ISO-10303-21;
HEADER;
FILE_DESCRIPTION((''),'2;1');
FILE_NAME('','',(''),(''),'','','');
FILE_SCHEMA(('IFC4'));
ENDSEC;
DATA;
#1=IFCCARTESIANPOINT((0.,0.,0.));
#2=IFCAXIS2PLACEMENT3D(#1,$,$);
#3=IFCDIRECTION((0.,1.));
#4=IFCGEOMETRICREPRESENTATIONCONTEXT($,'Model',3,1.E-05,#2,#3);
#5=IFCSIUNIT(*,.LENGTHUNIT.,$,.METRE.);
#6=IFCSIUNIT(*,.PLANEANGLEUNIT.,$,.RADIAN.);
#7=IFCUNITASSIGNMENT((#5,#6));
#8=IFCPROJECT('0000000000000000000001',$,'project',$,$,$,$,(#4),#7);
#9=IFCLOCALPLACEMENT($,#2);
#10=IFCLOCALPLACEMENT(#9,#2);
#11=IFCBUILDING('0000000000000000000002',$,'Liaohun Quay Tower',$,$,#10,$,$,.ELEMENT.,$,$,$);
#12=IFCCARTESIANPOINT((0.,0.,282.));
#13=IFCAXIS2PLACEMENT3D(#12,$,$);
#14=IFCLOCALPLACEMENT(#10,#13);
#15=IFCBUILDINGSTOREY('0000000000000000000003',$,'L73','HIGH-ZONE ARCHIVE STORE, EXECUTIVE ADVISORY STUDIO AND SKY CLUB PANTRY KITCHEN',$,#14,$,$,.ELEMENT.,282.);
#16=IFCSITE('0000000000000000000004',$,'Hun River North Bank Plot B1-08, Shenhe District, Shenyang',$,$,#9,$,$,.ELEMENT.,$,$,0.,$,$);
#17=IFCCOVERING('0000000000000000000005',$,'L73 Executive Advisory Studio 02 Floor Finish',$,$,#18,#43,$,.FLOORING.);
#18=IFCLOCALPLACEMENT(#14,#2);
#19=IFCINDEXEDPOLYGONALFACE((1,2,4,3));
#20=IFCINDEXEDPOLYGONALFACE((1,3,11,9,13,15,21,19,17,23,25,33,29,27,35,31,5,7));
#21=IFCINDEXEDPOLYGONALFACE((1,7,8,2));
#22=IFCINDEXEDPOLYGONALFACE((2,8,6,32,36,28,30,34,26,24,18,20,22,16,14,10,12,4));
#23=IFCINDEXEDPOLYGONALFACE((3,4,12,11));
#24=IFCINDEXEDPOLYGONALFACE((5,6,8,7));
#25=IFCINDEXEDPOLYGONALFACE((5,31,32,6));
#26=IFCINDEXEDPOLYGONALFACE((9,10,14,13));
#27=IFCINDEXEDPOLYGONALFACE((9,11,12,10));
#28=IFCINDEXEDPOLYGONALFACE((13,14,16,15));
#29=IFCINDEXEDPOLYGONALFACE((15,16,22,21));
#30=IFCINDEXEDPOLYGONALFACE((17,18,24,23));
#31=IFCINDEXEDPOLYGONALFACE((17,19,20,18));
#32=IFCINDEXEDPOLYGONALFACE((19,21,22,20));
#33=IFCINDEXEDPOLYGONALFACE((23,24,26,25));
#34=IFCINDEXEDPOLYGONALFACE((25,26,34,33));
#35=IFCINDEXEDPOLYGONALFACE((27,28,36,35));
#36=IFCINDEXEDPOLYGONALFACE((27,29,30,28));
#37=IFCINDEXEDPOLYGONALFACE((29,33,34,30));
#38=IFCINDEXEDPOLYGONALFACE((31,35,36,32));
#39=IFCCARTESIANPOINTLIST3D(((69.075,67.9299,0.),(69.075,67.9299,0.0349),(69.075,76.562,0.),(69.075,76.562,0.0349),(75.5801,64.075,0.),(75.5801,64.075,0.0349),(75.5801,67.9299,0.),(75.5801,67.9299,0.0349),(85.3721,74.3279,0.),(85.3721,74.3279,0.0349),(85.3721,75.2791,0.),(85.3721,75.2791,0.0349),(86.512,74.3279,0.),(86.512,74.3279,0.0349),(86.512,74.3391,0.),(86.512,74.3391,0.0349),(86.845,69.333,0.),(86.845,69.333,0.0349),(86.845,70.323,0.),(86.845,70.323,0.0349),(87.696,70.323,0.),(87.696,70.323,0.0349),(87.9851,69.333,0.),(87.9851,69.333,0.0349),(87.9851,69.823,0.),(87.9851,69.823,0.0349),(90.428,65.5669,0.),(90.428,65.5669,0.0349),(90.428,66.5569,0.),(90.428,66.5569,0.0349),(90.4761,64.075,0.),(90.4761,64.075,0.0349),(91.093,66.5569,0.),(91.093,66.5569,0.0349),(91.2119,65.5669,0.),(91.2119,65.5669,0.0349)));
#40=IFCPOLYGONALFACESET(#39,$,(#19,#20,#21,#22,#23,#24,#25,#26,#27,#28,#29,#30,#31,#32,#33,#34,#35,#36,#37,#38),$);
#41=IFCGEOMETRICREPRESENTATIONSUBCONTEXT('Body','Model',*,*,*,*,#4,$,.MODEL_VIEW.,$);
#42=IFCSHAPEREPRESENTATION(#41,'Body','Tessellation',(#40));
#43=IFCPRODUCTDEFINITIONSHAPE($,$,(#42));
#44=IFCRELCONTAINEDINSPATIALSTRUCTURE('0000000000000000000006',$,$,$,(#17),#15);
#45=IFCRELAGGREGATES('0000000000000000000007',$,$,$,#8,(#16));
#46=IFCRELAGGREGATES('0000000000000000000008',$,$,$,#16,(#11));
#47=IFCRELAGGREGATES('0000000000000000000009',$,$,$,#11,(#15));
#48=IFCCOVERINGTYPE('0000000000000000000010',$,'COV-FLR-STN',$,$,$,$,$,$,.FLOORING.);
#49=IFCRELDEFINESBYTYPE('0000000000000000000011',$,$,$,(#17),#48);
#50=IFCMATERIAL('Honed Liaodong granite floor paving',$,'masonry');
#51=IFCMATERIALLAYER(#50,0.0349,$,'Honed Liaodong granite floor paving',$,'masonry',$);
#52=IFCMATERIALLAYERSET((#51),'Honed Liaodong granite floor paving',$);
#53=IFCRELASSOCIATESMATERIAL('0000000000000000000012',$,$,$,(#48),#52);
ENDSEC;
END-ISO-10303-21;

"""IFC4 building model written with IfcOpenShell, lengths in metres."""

from ifc_helpers import new_model, si_unit, direction, frame, origin, place, context, subcontext, project, spatial, polyline, outline, extrude, material, layer, layer_set, type_object, element, save


model = new_model("IFC4")

# Units and contexts
model_context = context("Model", 3, precision=1e-05, world=origin(), true_north=direction((0.0, 1.0)))
body_context = subcontext(model_context, "Body", "Model", "MODEL_VIEW")
ifc_project = project(units=[si_unit("LENGTHUNIT", "METRE"), si_unit("PLANEANGLEUNIT", "RADIAN")], contexts=[model_context])

# Site, building, storey
site_placement = place(None, origin())
site = spatial("IfcSite", under=ifc_project, at=site_placement, Name="Hun River North Bank Plot B1-08, Shenhe District, Shenyang", CompositionType="ELEMENT", RefElevation=0.0)
building_placement = place(site_placement, origin())
building = spatial("IfcBuilding", under=site, at=building_placement, Name="Liaohun Quay Tower", CompositionType="ELEMENT")
storey_placement = place(building_placement, frame((0.0, 0.0, 282.0)))
storey = spatial("IfcBuildingStorey", under=building, at=storey_placement, Name="L73", Description="HIGH-ZONE ARCHIVE STORE, EXECUTIVE ADVISORY STUDIO AND SKY CLUB PANTRY KITCHEN", CompositionType="ELEMENT", Elevation=282.0)

# Covering
ifc_material_1 = material(Name="Honed Liaodong granite floor paving", Category="masonry")
ifc_layer_1 = layer(ifc_material_1, 0.0349, Name="Honed Liaodong granite floor paving", Category="masonry")
ifc_layer_set_1 = layer_set([ifc_layer_1], Name="Honed Liaodong granite floor paving")
covering_type_1 = type_object("IfcCoveringType", Name="COV-FLR-STN", PredefinedType="FLOORING", material=ifc_layer_set_1)
covering_1_placement = place(storey_placement, origin())
element("IfcCovering", 1, at=covering_1_placement, inside=storey, type_object=covering_type_1, Name="L73 Executive Advisory Studio 02 Floor Finish", PredefinedType="FLOORING", context=body_context, shape_type="SweptSolid", body=[
    extrude(outline(polyline([(86.512, 74.3391), (86.512, 74.3279), (85.3721, 74.3279), (85.3721, 75.2791), (69.075, 76.562), (69.075, 67.9299), (75.5801, 67.9299), (75.5801, 64.075), (90.4761, 64.075), (91.2119, 65.5669), (90.428, 65.5669), (90.428, 66.5569), (91.093, 66.5569), (87.9851, 69.823), (87.9851, 69.333), (86.845, 69.333), (86.845, 70.323), (87.696, 70.323), (86.512, 74.3391)])), origin(), (0.0, 0.0, 1.0), 0.0349),
])

save(model, "model.ifc")
